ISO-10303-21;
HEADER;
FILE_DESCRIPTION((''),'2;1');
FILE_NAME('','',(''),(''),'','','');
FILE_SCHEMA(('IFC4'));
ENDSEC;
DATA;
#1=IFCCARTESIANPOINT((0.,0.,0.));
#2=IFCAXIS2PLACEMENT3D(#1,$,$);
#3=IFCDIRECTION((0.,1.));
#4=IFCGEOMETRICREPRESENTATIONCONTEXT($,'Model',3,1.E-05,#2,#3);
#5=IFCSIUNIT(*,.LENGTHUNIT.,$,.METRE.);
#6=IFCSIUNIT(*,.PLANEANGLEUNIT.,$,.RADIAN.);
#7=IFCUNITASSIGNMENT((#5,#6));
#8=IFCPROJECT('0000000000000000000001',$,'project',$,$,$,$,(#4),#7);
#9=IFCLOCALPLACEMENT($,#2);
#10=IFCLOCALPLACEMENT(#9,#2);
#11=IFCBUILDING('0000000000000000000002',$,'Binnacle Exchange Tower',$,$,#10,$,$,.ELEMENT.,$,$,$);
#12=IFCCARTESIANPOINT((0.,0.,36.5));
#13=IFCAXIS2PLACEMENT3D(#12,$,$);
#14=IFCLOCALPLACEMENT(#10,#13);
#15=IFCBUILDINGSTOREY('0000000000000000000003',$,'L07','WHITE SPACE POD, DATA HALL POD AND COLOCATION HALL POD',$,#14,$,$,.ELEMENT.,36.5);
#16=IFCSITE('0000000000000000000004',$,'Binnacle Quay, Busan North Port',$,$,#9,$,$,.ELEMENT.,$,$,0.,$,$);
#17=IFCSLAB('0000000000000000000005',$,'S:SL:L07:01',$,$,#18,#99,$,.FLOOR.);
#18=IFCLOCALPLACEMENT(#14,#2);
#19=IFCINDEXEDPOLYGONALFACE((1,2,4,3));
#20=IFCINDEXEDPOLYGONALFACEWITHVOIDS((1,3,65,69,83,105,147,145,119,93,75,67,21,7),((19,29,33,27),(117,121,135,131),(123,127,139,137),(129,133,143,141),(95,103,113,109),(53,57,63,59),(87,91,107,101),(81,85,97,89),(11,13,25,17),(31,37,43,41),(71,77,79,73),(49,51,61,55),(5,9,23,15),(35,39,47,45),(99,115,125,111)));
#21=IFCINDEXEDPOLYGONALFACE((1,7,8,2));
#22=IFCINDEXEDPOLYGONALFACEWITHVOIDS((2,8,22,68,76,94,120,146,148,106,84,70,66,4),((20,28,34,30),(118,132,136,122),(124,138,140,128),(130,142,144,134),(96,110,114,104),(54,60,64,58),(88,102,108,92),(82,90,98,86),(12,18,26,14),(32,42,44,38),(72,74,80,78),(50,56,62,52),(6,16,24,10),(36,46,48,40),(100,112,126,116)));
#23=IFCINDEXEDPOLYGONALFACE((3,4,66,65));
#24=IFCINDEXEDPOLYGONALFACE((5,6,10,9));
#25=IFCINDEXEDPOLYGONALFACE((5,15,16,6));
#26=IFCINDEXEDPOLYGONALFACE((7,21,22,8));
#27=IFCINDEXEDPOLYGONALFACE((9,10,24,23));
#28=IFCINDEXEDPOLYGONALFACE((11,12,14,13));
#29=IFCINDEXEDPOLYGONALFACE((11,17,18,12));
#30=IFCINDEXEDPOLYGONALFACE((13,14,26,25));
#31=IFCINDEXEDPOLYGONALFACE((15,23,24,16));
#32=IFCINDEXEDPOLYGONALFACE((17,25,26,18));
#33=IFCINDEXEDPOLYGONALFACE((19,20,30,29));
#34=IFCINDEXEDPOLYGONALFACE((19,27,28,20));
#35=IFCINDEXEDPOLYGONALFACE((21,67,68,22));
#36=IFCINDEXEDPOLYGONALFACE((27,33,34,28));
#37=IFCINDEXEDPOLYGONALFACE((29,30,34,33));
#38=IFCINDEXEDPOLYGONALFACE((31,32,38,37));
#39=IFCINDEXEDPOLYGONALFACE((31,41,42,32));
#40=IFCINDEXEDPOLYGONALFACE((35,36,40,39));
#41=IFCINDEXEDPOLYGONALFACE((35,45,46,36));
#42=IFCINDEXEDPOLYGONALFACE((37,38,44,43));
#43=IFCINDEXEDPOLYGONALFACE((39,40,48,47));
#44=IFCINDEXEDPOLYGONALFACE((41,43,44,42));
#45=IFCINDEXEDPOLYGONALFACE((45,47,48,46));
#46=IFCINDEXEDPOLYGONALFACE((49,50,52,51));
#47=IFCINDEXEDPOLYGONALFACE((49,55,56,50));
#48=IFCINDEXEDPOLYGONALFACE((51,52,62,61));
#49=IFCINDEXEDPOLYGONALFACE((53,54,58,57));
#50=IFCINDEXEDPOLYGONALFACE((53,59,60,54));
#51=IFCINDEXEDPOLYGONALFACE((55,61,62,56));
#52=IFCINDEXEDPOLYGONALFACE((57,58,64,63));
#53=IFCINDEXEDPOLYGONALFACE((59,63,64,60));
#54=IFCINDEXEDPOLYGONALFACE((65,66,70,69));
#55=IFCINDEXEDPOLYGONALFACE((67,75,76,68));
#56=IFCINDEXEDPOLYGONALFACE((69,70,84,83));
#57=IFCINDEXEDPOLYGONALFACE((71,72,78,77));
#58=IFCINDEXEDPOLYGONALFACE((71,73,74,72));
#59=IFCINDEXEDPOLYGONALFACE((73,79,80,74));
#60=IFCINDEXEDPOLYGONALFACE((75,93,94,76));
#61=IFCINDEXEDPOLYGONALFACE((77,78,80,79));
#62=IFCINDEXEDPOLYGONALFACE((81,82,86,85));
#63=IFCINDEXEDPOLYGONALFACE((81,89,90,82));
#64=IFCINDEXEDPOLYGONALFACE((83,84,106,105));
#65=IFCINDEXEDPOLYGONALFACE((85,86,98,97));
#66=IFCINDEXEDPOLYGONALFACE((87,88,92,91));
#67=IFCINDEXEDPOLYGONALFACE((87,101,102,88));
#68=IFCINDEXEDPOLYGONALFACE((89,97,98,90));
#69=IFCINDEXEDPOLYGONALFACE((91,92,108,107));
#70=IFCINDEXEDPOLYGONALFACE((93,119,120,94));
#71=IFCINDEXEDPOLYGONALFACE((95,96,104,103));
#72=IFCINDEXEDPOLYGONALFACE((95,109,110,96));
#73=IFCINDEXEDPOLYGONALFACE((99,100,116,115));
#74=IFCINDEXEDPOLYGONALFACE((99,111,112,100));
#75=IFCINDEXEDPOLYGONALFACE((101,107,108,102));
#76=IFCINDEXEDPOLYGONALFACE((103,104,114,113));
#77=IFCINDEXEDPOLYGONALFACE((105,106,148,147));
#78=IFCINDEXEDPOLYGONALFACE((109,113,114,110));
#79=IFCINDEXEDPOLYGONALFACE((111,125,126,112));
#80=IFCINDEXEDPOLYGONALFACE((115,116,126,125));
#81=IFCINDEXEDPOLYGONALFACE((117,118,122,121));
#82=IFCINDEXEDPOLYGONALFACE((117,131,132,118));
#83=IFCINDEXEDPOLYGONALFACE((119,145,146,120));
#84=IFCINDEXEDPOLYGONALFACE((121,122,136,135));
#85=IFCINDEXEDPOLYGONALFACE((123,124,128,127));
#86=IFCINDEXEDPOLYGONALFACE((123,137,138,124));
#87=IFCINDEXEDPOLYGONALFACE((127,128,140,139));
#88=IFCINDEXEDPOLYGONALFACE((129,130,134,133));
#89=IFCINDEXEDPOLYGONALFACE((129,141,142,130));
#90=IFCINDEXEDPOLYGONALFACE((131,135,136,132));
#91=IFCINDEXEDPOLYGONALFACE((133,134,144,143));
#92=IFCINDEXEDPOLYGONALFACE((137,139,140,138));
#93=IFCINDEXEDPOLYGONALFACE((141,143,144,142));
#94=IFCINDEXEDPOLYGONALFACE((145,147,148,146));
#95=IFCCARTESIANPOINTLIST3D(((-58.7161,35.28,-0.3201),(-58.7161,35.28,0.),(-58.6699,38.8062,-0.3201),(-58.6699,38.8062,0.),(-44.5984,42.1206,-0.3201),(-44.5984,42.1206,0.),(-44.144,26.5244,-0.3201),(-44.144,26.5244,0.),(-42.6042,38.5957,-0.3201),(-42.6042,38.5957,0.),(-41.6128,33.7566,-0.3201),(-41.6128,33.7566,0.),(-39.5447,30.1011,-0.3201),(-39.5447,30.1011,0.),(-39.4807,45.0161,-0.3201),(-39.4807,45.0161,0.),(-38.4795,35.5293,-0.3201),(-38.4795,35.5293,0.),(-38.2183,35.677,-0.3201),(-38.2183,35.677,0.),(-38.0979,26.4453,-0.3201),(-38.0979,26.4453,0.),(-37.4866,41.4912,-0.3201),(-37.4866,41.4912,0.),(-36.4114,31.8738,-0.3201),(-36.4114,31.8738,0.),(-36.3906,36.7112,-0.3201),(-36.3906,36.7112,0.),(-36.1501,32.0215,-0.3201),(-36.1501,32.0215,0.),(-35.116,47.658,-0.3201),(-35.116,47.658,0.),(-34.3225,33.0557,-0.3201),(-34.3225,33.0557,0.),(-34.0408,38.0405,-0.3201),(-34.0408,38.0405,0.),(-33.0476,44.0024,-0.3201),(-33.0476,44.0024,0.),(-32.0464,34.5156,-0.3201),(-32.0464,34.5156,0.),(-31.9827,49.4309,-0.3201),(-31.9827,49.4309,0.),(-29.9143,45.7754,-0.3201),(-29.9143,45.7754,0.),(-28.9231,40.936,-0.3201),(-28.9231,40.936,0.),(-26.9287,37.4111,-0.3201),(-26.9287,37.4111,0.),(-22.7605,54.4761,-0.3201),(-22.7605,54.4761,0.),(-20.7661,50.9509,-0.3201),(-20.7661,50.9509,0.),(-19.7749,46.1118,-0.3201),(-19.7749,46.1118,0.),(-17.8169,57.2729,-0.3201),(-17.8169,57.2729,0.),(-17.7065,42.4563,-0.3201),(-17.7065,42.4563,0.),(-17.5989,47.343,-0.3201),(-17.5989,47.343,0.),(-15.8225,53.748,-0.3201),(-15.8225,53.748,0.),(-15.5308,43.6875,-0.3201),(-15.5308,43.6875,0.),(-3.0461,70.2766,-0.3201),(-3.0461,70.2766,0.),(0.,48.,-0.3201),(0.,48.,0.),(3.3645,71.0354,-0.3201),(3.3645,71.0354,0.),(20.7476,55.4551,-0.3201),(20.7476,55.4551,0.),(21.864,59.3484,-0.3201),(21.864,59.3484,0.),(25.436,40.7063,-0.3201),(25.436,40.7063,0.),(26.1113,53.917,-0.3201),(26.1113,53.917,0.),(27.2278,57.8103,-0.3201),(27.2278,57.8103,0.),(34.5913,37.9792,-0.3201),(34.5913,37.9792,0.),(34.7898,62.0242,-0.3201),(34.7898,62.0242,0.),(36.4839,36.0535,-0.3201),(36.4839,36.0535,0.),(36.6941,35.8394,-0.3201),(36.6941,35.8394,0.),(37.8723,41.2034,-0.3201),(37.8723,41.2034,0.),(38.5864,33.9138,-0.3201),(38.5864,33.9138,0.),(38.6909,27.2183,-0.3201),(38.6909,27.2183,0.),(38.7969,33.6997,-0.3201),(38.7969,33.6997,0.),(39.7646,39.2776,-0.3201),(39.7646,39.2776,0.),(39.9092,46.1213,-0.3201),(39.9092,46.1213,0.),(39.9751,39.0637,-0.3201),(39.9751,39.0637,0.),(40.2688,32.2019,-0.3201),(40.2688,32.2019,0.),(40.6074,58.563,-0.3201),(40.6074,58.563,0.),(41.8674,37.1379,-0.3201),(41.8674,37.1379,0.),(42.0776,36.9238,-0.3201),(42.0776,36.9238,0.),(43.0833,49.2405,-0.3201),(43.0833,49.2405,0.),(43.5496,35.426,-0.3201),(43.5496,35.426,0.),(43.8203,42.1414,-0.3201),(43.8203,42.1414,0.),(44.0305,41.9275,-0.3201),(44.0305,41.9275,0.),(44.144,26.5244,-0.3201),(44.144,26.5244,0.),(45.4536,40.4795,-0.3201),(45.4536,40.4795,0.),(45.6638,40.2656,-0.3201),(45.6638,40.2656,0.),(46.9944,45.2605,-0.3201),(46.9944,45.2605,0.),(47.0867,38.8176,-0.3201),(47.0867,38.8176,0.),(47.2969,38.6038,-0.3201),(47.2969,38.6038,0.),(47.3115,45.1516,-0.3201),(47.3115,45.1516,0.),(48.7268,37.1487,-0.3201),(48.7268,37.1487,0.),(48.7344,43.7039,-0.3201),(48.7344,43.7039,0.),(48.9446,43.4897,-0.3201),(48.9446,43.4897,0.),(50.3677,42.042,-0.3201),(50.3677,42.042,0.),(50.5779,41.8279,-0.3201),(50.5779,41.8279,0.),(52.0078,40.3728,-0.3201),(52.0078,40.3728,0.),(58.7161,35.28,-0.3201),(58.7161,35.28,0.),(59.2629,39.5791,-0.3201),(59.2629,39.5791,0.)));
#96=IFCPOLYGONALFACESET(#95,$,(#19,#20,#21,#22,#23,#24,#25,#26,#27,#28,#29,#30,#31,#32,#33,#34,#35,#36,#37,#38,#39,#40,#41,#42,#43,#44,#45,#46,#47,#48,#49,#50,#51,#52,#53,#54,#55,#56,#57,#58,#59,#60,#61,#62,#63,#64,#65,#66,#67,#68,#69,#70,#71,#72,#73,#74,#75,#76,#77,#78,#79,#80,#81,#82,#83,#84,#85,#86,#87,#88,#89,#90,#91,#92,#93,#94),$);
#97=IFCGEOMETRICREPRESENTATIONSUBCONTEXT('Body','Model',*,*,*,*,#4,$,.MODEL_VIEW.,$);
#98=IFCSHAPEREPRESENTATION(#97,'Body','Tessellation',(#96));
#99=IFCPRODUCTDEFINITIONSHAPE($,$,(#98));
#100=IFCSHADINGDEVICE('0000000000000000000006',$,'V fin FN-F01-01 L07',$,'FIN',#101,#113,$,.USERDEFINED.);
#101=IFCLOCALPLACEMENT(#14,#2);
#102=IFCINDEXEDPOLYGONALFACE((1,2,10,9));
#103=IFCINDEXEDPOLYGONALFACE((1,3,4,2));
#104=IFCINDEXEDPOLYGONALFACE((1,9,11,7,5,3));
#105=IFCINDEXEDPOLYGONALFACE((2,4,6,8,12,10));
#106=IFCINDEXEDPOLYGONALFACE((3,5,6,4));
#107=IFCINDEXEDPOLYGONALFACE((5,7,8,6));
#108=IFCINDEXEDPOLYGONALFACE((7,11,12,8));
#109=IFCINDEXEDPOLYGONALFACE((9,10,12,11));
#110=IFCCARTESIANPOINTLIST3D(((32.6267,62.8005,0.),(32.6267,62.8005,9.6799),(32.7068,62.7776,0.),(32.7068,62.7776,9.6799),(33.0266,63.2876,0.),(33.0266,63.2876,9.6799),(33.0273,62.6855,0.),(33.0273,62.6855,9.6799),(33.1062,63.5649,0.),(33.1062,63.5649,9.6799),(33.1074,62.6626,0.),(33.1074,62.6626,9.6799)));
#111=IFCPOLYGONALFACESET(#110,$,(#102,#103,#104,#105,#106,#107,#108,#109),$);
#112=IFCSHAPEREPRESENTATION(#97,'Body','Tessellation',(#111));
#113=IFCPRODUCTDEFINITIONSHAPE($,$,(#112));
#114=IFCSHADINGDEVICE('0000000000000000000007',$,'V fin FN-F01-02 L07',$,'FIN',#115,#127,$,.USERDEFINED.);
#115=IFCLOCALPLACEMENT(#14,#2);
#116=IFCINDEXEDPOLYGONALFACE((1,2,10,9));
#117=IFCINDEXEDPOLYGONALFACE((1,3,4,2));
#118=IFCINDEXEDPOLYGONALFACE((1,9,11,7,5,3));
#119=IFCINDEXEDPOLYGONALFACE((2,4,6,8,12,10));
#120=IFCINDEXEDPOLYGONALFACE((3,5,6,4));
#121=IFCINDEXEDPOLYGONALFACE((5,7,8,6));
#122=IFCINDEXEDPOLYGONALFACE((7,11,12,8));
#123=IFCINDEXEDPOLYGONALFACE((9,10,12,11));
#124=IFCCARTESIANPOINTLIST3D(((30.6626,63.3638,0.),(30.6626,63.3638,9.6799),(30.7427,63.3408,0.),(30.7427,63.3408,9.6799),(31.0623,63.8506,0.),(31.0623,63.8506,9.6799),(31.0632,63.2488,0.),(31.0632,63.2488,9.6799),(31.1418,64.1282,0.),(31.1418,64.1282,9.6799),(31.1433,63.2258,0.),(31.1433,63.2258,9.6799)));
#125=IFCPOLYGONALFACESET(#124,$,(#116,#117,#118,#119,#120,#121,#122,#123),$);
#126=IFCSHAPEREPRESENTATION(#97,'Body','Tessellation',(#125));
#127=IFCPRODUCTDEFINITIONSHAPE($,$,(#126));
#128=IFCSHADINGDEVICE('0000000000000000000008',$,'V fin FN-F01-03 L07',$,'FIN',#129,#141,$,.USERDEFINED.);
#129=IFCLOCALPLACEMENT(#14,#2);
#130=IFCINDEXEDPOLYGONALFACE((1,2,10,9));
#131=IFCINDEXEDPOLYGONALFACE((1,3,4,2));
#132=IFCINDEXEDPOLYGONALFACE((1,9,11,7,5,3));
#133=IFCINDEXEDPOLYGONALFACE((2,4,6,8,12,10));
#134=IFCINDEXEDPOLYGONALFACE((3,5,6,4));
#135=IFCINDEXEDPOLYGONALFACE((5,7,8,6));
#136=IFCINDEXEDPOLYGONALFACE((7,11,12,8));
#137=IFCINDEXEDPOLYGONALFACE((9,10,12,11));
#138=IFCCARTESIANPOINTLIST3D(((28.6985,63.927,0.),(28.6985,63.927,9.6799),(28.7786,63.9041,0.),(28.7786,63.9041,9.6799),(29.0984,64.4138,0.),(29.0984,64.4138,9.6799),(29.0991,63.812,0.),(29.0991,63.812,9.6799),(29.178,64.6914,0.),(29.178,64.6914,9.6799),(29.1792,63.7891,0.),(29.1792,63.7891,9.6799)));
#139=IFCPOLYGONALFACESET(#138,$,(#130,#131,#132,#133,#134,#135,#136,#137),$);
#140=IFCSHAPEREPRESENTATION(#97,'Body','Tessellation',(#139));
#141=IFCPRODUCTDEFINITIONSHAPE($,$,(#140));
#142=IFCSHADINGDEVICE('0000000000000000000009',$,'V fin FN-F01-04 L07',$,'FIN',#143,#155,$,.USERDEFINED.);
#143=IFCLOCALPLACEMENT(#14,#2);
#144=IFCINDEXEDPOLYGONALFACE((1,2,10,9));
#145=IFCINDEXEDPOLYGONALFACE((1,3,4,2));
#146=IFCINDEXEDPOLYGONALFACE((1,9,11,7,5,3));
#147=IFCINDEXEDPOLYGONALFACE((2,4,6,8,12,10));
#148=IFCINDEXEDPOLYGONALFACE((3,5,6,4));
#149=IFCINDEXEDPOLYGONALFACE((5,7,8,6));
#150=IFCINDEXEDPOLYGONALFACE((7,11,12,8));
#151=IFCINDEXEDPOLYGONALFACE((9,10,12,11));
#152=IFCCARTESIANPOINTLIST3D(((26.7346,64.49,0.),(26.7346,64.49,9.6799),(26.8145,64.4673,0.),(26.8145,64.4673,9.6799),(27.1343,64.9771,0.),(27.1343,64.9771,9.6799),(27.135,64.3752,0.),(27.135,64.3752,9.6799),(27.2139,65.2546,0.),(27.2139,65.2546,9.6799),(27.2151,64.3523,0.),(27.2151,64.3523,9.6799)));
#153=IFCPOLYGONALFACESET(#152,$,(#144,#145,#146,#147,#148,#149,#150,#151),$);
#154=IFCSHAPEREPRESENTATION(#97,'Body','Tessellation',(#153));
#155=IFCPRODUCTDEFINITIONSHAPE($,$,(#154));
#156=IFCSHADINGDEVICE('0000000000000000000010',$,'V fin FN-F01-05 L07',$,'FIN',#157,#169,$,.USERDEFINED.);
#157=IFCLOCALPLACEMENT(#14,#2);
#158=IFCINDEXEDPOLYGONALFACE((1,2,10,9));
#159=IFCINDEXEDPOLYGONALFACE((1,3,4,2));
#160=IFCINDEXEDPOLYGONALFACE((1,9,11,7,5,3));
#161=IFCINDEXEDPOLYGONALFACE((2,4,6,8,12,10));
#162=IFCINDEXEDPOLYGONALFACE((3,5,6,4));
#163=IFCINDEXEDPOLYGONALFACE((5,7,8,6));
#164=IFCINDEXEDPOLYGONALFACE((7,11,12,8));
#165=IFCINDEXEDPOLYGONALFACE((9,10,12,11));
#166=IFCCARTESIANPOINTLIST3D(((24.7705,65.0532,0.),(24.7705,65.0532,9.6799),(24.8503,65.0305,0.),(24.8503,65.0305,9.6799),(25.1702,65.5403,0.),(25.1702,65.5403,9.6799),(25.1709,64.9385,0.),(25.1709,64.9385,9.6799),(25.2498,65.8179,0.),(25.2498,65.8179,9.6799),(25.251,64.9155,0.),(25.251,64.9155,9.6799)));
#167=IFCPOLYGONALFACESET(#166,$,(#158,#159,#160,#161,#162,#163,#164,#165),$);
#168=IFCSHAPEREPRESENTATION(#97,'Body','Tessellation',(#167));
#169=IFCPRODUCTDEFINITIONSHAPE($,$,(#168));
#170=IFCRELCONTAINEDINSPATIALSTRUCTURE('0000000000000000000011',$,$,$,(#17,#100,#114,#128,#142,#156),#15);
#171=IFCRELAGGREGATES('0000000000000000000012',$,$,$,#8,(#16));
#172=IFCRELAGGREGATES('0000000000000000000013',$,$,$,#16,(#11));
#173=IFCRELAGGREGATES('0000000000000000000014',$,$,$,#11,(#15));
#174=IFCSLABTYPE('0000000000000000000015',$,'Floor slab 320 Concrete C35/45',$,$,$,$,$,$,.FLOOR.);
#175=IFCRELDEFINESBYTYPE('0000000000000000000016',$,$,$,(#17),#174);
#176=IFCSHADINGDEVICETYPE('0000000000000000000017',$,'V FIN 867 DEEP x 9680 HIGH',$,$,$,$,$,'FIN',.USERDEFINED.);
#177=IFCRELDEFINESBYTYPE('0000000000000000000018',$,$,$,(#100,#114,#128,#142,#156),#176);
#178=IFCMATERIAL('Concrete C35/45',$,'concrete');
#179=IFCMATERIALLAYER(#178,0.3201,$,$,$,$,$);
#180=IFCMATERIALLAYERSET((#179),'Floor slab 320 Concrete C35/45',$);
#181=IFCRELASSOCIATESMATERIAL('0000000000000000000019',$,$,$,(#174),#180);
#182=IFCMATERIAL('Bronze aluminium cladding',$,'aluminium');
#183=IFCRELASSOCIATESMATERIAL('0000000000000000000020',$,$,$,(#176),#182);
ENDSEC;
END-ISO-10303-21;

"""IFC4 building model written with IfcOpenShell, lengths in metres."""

from ifc_helpers import new_model, si_unit, direction, frame, origin, place, context, subcontext, project, spatial, polyline, outline, extrude, material, layer, layer_set, type_object, element, save


model = new_model("IFC4")

# Units and contexts
model_context = context("Model", 3, precision=1e-05, world=origin(), true_north=direction((0.0, 1.0)))
body_context = subcontext(model_context, "Body", "Model", "MODEL_VIEW")
ifc_project = project(units=[si_unit("LENGTHUNIT", "METRE"), si_unit("PLANEANGLEUNIT", "RADIAN")], contexts=[model_context])

# Site, building, storey
site_placement = place(None, origin())
site = spatial("IfcSite", under=ifc_project, at=site_placement, Name="Binnacle Quay, Busan North Port", CompositionType="ELEMENT", RefElevation=0.0)
building_placement = place(site_placement, origin())
building = spatial("IfcBuilding", under=site, at=building_placement, Name="Binnacle Exchange Tower", CompositionType="ELEMENT")
storey_placement = place(building_placement, frame((0.0, 0.0, 36.5)))
storey = spatial("IfcBuildingStorey", under=building, at=storey_placement, Name="L07", Description="WHITE SPACE POD, DATA HALL POD AND COLOCATION HALL POD", CompositionType="ELEMENT", Elevation=36.5)

# Slab
ifc_material_1 = material(Name="Concrete C35/45", Category="concrete")
ifc_layer = layer(ifc_material_1, 0.3201)
ifc_layer_set = layer_set([ifc_layer], Name="Floor slab 320 Concrete C35/45")
slab_type = type_object("IfcSlabType", Name="Floor slab 320 Concrete C35/45", PredefinedType="FLOOR", material=ifc_layer_set)
slab_placement = place(storey_placement, frame((0.0, 0.0, -0.3201)))
element("IfcSlab", 1, at=slab_placement, inside=storey, type_object=slab_type, Name="S:SL:L07:01", PredefinedType="FLOOR", context=body_context, shape_type="SweptSolid", body=[
    extrude(outline(polyline([(59.2629, 39.5791), (58.7161, 35.28), (44.144, 26.5244), (38.6909, 27.2183), (25.436, 40.7063), (0.0, 48.0), (-38.0979, 26.4453), (-44.144, 26.5244), (-58.7161, 35.28), (-58.6699, 38.8062), (-3.0461, 70.2766), (3.3645, 71.0354), (34.7898, 62.0242), (40.6074, 58.563), (59.2629, 39.5791)]), holes=[polyline([(-38.4795, 35.5293), (-41.6128, 33.7566), (-39.5447, 30.1011), (-36.4114, 31.8738), (-38.4795, 35.5293)]), polyline([(-34.3225, 33.0557), (-36.3906, 36.7112), (-38.2183, 35.677), (-36.1501, 32.0215), (-34.3225, 33.0557)]), polyline([(-34.0408, 38.0405), (-32.0464, 34.5156), (-26.9287, 37.4111), (-28.9231, 40.936), (-34.0408, 38.0405)]), polyline([(-37.4866, 41.4912), (-39.4807, 45.0161), (-44.5984, 42.1206), (-42.6042, 38.5957), (-37.4866, 41.4912)]), polyline([(-15.5308, 43.6875), (-17.5989, 47.343), (-19.7749, 46.1118), (-17.7065, 42.4563), (-15.5308, 43.6875)]), polyline([(-29.9143, 45.7754), (-31.9827, 49.4309), (-35.116, 47.658), (-33.0476, 44.0024), (-29.9143, 45.7754)]), polyline([(-15.8225, 53.748), (-17.8169, 57.2729), (-22.7605, 54.4761), (-20.7661, 50.9509), (-15.8225, 53.748)]), polyline([(26.1113, 53.917), (27.2278, 57.8103), (21.864, 59.3484), (20.7476, 55.4551), (26.1113, 53.917)]), polyline([(40.2688, 32.2019), (43.5496, 35.426), (42.0776, 36.9238), (38.7969, 33.6997), (40.2688, 32.2019)]), polyline([(38.5864, 33.9138), (41.8674, 37.1379), (39.9751, 39.0637), (36.6941, 35.8394), (38.5864, 33.9138)]), polyline([(36.4839, 36.0535), (39.7646, 39.2776), (37.8723, 41.2034), (34.5913, 37.9792), (36.4839, 36.0535)]), polyline([(48.7268, 37.1487), (52.0078, 40.3728), (50.5779, 41.8279), (47.2969, 38.6038), (48.7268, 37.1487)]), polyline([(47.0867, 38.8176), (50.3677, 42.042), (48.9446, 43.4897), (45.6638, 40.2656), (47.0867, 38.8176)]), polyline([(45.4536, 40.4795), (48.7344, 43.7039), (47.3115, 45.1516), (44.0305, 41.9275), (45.4536, 40.4795)]), polyline([(43.8203, 42.1414), (46.9944, 45.2605), (43.0833, 49.2405), (39.9092, 46.1213), (43.8203, 42.1414)])]), origin(), (0.0, 0.0, 1.0), 0.3201),
])

# Shading devices
ifc_material_2 = material(Name="Bronze aluminium cladding", Category="aluminium")
shading_device_type = type_object("IfcShadingDeviceType", Name="V FIN 867 DEEP x 9680 HIGH", ElementType="FIN", PredefinedType="USERDEFINED", material=ifc_material_2)
shading_device_1_placement = place(storey_placement, origin())
element("IfcShadingDevice", 2, at=shading_device_1_placement, inside=storey, type_object=shading_device_type, Name="V fin FN-F01-01 L07", ObjectType="FIN", PredefinedType="USERDEFINED", context=body_context, shape_type="SweptSolid", body=[
    extrude(outline(polyline([(33.1074, 62.6626), (33.1062, 63.5649), (32.6267, 62.8005), (32.7068, 62.7776), (33.0266, 63.2876), (33.0273, 62.6855), (33.1074, 62.6626)])), origin(), (0.0, 0.0, 1.0), 9.6799),
])
shading_device_2_placement = place(storey_placement, origin())
element("IfcShadingDevice", 3, at=shading_device_2_placement, inside=storey, type_object=shading_device_type, Name="V fin FN-F01-02 L07", ObjectType="FIN", PredefinedType="USERDEFINED", context=body_context, shape_type="SweptSolid", body=[
    extrude(outline(polyline([(31.1433, 63.2258), (31.1418, 64.1282), (30.6626, 63.3638), (30.7427, 63.3408), (31.0623, 63.8506), (31.0632, 63.2488), (31.1433, 63.2258)])), origin(), (0.0, 0.0, 1.0), 9.6799),
])
shading_device_3_placement = place(storey_placement, origin())
element("IfcShadingDevice", 4, at=shading_device_3_placement, inside=storey, type_object=shading_device_type, Name="V fin FN-F01-03 L07", ObjectType="FIN", PredefinedType="USERDEFINED", context=body_context, shape_type="SweptSolid", body=[
    extrude(outline(polyline([(29.1792, 63.7891), (29.178, 64.6914), (28.6985, 63.927), (28.7786, 63.9041), (29.0984, 64.4138), (29.0991, 63.812), (29.1792, 63.7891)])), origin(), (0.0, 0.0, 1.0), 9.6799),
])
shading_device_4_placement = place(storey_placement, origin())
element("IfcShadingDevice", 5, at=shading_device_4_placement, inside=storey, type_object=shading_device_type, Name="V fin FN-F01-04 L07", ObjectType="FIN", PredefinedType="USERDEFINED", context=body_context, shape_type="SweptSolid", body=[
    extrude(outline(polyline([(27.2151, 64.3523), (27.2139, 65.2546), (26.7346, 64.49), (26.8145, 64.4673), (27.1343, 64.9771), (27.135, 64.3752), (27.2151, 64.3523)])), origin(), (0.0, 0.0, 1.0), 9.6799),
])
shading_device_5_placement = place(storey_placement, origin())
element("IfcShadingDevice", 6, at=shading_device_5_placement, inside=storey, type_object=shading_device_type, Name="V fin FN-F01-05 L07", ObjectType="FIN", PredefinedType="USERDEFINED", context=body_context, shape_type="SweptSolid", body=[
    extrude(outline(polyline([(25.251, 64.9155), (25.2498, 65.8179), (24.7705, 65.0532), (24.8503, 65.0305), (25.1702, 65.5403), (25.1709, 64.9385), (25.251, 64.9155)])), origin(), (0.0, 0.0, 1.0), 9.6799),
])

save(model, "model.ifc")
